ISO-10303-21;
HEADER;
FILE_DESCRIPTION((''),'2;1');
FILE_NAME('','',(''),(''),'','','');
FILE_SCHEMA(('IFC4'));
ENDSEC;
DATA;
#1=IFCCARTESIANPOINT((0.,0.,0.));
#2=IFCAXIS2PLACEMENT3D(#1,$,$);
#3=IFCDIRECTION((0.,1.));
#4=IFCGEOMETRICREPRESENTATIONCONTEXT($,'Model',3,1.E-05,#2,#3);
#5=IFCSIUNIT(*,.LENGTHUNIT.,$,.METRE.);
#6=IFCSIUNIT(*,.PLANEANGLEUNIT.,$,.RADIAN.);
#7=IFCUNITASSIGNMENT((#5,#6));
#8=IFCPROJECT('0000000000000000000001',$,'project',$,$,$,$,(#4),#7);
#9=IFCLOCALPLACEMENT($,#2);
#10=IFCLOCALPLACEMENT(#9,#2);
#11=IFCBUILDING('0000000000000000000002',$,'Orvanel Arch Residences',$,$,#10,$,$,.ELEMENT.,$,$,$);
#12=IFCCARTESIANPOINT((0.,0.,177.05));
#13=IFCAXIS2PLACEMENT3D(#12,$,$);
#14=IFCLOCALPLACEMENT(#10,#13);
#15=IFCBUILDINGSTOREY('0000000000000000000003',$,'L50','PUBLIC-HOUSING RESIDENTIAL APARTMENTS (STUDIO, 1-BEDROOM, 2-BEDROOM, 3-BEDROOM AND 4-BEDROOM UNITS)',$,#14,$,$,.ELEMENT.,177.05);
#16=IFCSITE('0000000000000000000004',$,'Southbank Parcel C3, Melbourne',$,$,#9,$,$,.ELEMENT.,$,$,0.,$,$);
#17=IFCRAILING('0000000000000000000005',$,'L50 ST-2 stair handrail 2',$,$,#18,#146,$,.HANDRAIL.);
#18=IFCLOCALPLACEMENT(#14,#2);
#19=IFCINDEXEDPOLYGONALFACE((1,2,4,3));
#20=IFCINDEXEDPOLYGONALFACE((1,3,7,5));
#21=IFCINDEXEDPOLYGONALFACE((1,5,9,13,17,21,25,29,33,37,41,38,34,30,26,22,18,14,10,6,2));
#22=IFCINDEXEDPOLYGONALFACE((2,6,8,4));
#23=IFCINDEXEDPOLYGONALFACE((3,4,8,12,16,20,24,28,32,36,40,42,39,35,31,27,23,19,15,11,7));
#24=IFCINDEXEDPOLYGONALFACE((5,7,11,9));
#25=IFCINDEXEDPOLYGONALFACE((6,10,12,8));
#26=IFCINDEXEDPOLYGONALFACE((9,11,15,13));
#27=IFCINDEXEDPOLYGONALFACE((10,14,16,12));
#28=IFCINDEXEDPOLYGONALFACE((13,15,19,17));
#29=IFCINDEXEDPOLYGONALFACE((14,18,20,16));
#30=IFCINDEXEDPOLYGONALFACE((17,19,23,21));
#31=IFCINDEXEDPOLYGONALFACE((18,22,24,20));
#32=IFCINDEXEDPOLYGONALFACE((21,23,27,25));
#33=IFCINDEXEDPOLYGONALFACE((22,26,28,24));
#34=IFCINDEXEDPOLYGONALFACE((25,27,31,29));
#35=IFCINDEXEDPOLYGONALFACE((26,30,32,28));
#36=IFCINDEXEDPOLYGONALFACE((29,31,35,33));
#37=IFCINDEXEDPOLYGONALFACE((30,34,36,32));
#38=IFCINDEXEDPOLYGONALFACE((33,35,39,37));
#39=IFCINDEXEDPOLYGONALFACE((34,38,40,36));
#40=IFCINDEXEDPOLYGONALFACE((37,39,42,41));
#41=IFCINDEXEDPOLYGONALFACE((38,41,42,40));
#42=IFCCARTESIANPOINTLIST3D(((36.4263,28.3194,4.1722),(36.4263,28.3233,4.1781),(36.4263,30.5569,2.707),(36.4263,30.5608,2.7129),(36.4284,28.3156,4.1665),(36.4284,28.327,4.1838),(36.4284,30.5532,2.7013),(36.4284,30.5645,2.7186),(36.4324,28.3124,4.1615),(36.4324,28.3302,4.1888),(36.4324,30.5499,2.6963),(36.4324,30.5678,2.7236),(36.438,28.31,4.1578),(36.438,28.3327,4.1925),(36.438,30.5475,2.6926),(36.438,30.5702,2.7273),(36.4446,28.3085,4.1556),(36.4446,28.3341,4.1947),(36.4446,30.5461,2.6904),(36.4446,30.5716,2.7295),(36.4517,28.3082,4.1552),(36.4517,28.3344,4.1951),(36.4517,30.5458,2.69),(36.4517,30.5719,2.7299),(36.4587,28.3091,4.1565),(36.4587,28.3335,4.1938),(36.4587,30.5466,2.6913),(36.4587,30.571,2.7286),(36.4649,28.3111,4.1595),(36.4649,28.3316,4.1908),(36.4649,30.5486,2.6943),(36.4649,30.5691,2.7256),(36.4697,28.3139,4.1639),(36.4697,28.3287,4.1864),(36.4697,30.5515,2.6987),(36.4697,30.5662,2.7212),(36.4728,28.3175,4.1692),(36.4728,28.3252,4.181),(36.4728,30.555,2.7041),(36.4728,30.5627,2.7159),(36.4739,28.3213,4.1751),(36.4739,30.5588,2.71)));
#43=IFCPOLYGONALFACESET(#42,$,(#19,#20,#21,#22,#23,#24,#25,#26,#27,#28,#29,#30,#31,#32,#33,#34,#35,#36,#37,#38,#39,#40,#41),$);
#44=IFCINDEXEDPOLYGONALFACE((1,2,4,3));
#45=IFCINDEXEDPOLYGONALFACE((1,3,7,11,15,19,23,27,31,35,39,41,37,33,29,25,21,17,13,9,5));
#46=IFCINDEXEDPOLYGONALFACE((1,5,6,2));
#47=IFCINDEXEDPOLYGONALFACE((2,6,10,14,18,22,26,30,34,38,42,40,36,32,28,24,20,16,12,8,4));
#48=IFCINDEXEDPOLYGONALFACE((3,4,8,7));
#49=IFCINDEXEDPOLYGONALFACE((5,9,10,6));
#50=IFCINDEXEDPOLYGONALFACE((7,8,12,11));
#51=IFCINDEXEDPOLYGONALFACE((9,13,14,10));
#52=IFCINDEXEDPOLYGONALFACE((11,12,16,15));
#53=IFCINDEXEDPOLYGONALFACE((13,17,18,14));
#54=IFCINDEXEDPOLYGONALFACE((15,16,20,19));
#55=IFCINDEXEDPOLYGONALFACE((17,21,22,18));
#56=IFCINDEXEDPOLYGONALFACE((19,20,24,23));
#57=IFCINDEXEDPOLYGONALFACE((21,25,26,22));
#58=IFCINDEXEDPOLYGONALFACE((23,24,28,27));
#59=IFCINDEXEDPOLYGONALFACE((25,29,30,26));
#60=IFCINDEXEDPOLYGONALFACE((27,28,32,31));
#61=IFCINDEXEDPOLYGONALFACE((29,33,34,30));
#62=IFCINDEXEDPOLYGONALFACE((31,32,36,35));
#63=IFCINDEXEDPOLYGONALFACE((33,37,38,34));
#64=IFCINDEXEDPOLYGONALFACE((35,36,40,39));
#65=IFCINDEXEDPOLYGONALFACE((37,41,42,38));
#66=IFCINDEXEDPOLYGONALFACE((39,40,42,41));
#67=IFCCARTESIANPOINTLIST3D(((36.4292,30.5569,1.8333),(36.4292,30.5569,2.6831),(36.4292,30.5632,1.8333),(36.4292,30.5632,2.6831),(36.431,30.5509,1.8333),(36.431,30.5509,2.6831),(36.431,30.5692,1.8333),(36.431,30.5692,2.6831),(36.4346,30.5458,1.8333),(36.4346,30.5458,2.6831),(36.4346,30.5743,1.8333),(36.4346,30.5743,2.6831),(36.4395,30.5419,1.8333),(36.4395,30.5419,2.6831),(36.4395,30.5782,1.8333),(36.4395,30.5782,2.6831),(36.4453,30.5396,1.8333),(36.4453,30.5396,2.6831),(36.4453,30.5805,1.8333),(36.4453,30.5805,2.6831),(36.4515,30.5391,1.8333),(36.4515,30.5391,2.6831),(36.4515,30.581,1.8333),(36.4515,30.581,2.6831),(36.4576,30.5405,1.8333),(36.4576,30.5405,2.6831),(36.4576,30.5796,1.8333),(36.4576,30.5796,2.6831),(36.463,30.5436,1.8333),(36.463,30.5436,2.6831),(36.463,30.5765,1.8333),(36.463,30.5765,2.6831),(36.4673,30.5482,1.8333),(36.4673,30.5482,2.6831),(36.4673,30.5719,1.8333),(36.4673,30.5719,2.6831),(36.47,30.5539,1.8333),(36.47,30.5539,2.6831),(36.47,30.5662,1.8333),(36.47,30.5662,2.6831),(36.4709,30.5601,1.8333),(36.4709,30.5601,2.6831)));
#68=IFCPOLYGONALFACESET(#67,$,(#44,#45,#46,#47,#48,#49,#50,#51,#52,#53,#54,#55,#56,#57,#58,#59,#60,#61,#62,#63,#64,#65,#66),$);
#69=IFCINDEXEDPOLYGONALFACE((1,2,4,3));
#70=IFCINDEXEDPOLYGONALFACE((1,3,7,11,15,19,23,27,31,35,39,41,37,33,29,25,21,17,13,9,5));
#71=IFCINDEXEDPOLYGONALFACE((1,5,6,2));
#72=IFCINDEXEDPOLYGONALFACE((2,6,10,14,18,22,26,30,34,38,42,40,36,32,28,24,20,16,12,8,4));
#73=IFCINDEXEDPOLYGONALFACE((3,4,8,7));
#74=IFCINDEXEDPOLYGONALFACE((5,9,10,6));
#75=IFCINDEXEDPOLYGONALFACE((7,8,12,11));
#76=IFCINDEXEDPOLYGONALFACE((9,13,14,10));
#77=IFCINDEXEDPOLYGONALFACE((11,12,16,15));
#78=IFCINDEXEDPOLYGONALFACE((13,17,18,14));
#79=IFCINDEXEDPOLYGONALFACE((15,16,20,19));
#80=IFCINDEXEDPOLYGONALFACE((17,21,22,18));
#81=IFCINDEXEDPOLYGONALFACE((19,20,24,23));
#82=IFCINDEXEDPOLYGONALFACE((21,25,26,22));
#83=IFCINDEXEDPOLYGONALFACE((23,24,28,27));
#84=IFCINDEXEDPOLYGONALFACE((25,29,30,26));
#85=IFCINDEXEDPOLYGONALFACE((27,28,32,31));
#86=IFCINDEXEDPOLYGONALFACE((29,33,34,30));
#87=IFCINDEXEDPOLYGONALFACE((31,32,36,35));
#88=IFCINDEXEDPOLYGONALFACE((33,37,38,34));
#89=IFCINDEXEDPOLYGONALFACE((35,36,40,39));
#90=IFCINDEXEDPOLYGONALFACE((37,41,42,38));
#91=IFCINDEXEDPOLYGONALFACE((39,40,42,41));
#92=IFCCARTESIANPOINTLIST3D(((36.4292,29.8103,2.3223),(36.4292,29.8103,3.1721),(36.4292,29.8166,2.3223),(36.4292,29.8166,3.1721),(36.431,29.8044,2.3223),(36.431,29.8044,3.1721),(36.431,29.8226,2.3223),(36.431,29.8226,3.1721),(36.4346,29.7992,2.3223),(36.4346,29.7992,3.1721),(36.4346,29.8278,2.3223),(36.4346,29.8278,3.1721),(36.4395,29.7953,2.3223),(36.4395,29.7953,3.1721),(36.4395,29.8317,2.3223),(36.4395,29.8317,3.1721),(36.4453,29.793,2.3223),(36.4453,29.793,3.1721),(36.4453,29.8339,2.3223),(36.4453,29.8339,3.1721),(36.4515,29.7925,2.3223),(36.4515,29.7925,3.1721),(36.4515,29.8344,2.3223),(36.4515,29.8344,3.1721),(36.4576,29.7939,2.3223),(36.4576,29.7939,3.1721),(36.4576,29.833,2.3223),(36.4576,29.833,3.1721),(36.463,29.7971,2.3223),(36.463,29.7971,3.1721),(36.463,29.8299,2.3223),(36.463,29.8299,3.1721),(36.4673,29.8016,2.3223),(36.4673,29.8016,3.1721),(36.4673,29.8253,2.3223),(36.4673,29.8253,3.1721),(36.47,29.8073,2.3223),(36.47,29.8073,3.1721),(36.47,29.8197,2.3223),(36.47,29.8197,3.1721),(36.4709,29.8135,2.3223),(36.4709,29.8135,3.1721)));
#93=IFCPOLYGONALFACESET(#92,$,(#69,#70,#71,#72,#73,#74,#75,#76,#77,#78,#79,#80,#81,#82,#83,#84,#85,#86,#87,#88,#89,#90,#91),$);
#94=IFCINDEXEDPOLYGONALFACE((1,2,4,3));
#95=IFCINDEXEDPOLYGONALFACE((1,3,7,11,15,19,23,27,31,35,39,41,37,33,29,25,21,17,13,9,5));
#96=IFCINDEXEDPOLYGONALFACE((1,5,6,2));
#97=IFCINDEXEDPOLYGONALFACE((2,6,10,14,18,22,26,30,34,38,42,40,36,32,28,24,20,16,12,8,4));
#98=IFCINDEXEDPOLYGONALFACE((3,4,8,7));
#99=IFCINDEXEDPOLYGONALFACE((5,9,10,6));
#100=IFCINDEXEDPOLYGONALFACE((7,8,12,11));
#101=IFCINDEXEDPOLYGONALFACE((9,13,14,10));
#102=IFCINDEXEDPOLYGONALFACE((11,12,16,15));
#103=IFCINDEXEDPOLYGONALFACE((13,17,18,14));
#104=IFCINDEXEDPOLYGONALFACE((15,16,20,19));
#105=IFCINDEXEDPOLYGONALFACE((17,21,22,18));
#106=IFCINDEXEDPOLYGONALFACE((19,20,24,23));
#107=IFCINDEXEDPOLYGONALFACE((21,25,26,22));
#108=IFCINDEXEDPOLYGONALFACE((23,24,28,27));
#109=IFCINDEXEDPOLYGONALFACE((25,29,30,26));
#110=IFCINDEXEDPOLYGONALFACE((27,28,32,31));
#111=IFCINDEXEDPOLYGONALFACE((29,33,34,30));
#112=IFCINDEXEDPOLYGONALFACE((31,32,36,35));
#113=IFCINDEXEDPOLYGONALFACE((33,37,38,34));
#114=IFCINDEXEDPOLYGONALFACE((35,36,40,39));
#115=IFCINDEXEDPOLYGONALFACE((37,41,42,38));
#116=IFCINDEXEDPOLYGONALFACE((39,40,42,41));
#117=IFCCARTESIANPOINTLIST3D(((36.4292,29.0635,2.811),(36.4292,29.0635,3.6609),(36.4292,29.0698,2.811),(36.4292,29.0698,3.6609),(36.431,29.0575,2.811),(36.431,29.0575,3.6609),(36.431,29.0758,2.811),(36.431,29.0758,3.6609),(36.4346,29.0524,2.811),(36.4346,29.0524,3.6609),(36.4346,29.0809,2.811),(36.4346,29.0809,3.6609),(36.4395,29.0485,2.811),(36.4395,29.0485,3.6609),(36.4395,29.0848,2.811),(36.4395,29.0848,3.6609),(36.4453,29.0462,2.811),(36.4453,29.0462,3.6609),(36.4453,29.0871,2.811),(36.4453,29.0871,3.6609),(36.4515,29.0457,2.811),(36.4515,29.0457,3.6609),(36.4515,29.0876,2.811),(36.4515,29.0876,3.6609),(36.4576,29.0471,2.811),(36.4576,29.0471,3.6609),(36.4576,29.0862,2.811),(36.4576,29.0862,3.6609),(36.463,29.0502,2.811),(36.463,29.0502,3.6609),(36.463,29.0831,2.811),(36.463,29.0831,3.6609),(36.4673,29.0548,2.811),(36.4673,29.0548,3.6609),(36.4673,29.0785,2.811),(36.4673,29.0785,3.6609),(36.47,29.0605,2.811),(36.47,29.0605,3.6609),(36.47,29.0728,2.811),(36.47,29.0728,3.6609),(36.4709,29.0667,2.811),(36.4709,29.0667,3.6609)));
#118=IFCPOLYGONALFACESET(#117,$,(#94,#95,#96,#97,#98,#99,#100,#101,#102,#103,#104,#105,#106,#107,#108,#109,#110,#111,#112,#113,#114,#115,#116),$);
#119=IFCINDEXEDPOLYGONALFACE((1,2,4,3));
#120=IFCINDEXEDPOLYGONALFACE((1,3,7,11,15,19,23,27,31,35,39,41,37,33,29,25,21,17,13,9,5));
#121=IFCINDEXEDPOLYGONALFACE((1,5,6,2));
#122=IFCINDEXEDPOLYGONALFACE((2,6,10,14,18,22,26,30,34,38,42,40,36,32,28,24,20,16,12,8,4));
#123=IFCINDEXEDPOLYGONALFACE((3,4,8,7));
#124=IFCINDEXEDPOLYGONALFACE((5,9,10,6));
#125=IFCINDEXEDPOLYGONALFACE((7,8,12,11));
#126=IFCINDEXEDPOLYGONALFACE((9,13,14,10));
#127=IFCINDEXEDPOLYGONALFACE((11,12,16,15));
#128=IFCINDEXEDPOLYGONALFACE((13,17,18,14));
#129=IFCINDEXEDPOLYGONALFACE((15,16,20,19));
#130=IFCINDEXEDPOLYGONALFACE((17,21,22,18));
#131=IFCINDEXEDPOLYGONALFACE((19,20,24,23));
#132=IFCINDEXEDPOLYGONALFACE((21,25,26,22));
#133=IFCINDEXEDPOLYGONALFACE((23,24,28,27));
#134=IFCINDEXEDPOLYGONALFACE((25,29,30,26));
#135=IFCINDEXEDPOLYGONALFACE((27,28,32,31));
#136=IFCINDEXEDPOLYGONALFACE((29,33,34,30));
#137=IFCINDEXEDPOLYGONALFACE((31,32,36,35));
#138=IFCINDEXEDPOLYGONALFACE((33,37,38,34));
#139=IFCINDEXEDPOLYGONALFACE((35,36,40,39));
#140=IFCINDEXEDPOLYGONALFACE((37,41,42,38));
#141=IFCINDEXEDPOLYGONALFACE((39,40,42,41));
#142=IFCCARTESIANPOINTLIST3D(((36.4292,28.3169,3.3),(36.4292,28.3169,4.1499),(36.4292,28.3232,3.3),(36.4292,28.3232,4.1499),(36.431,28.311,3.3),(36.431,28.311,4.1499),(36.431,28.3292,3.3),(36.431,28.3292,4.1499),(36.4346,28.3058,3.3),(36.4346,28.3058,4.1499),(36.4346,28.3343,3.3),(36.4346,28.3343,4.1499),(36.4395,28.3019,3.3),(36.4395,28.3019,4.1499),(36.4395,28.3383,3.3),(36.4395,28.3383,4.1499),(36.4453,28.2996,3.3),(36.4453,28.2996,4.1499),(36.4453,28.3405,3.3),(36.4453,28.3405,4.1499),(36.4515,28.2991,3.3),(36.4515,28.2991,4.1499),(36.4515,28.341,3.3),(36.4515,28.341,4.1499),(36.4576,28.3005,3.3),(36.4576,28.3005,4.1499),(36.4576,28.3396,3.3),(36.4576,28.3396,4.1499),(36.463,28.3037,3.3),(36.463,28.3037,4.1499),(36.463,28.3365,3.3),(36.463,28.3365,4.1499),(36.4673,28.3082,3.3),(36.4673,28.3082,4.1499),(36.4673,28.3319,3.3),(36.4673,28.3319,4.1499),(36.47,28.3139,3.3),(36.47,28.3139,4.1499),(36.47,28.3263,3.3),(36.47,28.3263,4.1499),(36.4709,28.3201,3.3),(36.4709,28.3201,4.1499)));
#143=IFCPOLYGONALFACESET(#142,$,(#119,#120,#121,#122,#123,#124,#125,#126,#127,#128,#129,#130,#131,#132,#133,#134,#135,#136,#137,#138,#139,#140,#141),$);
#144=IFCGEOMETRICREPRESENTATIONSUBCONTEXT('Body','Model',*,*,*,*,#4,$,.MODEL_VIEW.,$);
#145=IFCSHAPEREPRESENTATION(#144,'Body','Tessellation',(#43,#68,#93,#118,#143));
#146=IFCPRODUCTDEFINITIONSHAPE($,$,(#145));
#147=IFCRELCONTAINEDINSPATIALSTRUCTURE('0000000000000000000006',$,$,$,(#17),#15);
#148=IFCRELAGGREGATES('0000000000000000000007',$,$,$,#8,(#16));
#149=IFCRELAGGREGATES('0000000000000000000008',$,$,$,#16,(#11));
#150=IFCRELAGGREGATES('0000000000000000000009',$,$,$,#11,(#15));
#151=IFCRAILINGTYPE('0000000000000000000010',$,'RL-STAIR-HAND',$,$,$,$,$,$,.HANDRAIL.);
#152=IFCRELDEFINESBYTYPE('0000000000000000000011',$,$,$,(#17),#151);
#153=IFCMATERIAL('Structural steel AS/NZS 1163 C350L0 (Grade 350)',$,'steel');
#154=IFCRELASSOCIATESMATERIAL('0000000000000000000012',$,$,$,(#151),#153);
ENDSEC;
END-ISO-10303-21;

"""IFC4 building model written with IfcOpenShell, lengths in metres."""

from ifc_helpers import new_model, si_unit, direction, frame, origin, origin_2d, place, context, subcontext, project, spatial, circle, extrude, material, type_object, element, save


model = new_model("IFC4")

# Units and contexts
model_context = context("Model", 3, precision=1e-05, world=origin(), true_north=direction((0.0, 1.0)))
body_context = subcontext(model_context, "Body", "Model", "MODEL_VIEW")
ifc_project = project(units=[si_unit("LENGTHUNIT", "METRE"), si_unit("PLANEANGLEUNIT", "RADIAN")], contexts=[model_context])

# Site, building, storey
site_placement = place(None, origin())
site = spatial("IfcSite", under=ifc_project, at=site_placement, Name="Southbank Parcel C3, Melbourne", CompositionType="ELEMENT", RefElevation=0.0)
building_placement = place(site_placement, origin())
building = spatial("IfcBuilding", under=site, at=building_placement, Name="Orvanel Arch Residences", CompositionType="ELEMENT")
storey_placement = place(building_placement, frame((0.0, 0.0, 177.05)))
storey = spatial("IfcBuildingStorey", under=building, at=storey_placement, Name="L50", Description="PUBLIC-HOUSING RESIDENTIAL APARTMENTS (STUDIO, 1-BEDROOM, 2-BEDROOM, 3-BEDROOM AND 4-BEDROOM UNITS)", CompositionType="ELEMENT", Elevation=177.05)

# Railing
ifc_material_1 = material(Name="Structural steel AS/NZS 1163 C350L0 (Grade 350)", Category="steel")
railing_type_1 = type_object("IfcRailingType", Name="RL-STAIR-HAND", PredefinedType="HANDRAIL", material=ifc_material_1)
railing_1_placement = place(storey_placement, frame((36.45, 30.5601, 1.8333)))
element("IfcRailing", 1, at=railing_1_placement, inside=storey, type_object=railing_type_1, Name="L50 ST-2 stair handrail 2", PredefinedType="HANDRAIL", context=body_context, shape_type="SweptSolid", body=[
    extrude(circle(Radius=0.0239, at=origin_2d()), frame((0.0, -0.0012, 0.8767), z_axis=(0.0, -0.836595, 0.547822), x_axis=(1.0, 0.0, 0.0)), (0.0, 0.0, 1.0), 2.6746),
    extrude(circle(Radius=0.021, at=origin_2d()), origin(), (0.0, 0.0, 1.0), 0.8499),
    extrude(circle(Radius=0.021, at=origin_2d()), frame((0.0, -0.7466, 0.489)), (0.0, 0.0, 1.0), 0.8499),
    extrude(circle(Radius=0.021, at=origin_2d()), frame((0.0, -1.4934, 0.9778)), (0.0, 0.0, 1.0), 0.8499),
    extrude(circle(Radius=0.021, at=origin_2d()), frame((0.0, -2.24, 1.4668)), (0.0, 0.0, 1.0), 0.8499),
])

save(model, "model.ifc")
